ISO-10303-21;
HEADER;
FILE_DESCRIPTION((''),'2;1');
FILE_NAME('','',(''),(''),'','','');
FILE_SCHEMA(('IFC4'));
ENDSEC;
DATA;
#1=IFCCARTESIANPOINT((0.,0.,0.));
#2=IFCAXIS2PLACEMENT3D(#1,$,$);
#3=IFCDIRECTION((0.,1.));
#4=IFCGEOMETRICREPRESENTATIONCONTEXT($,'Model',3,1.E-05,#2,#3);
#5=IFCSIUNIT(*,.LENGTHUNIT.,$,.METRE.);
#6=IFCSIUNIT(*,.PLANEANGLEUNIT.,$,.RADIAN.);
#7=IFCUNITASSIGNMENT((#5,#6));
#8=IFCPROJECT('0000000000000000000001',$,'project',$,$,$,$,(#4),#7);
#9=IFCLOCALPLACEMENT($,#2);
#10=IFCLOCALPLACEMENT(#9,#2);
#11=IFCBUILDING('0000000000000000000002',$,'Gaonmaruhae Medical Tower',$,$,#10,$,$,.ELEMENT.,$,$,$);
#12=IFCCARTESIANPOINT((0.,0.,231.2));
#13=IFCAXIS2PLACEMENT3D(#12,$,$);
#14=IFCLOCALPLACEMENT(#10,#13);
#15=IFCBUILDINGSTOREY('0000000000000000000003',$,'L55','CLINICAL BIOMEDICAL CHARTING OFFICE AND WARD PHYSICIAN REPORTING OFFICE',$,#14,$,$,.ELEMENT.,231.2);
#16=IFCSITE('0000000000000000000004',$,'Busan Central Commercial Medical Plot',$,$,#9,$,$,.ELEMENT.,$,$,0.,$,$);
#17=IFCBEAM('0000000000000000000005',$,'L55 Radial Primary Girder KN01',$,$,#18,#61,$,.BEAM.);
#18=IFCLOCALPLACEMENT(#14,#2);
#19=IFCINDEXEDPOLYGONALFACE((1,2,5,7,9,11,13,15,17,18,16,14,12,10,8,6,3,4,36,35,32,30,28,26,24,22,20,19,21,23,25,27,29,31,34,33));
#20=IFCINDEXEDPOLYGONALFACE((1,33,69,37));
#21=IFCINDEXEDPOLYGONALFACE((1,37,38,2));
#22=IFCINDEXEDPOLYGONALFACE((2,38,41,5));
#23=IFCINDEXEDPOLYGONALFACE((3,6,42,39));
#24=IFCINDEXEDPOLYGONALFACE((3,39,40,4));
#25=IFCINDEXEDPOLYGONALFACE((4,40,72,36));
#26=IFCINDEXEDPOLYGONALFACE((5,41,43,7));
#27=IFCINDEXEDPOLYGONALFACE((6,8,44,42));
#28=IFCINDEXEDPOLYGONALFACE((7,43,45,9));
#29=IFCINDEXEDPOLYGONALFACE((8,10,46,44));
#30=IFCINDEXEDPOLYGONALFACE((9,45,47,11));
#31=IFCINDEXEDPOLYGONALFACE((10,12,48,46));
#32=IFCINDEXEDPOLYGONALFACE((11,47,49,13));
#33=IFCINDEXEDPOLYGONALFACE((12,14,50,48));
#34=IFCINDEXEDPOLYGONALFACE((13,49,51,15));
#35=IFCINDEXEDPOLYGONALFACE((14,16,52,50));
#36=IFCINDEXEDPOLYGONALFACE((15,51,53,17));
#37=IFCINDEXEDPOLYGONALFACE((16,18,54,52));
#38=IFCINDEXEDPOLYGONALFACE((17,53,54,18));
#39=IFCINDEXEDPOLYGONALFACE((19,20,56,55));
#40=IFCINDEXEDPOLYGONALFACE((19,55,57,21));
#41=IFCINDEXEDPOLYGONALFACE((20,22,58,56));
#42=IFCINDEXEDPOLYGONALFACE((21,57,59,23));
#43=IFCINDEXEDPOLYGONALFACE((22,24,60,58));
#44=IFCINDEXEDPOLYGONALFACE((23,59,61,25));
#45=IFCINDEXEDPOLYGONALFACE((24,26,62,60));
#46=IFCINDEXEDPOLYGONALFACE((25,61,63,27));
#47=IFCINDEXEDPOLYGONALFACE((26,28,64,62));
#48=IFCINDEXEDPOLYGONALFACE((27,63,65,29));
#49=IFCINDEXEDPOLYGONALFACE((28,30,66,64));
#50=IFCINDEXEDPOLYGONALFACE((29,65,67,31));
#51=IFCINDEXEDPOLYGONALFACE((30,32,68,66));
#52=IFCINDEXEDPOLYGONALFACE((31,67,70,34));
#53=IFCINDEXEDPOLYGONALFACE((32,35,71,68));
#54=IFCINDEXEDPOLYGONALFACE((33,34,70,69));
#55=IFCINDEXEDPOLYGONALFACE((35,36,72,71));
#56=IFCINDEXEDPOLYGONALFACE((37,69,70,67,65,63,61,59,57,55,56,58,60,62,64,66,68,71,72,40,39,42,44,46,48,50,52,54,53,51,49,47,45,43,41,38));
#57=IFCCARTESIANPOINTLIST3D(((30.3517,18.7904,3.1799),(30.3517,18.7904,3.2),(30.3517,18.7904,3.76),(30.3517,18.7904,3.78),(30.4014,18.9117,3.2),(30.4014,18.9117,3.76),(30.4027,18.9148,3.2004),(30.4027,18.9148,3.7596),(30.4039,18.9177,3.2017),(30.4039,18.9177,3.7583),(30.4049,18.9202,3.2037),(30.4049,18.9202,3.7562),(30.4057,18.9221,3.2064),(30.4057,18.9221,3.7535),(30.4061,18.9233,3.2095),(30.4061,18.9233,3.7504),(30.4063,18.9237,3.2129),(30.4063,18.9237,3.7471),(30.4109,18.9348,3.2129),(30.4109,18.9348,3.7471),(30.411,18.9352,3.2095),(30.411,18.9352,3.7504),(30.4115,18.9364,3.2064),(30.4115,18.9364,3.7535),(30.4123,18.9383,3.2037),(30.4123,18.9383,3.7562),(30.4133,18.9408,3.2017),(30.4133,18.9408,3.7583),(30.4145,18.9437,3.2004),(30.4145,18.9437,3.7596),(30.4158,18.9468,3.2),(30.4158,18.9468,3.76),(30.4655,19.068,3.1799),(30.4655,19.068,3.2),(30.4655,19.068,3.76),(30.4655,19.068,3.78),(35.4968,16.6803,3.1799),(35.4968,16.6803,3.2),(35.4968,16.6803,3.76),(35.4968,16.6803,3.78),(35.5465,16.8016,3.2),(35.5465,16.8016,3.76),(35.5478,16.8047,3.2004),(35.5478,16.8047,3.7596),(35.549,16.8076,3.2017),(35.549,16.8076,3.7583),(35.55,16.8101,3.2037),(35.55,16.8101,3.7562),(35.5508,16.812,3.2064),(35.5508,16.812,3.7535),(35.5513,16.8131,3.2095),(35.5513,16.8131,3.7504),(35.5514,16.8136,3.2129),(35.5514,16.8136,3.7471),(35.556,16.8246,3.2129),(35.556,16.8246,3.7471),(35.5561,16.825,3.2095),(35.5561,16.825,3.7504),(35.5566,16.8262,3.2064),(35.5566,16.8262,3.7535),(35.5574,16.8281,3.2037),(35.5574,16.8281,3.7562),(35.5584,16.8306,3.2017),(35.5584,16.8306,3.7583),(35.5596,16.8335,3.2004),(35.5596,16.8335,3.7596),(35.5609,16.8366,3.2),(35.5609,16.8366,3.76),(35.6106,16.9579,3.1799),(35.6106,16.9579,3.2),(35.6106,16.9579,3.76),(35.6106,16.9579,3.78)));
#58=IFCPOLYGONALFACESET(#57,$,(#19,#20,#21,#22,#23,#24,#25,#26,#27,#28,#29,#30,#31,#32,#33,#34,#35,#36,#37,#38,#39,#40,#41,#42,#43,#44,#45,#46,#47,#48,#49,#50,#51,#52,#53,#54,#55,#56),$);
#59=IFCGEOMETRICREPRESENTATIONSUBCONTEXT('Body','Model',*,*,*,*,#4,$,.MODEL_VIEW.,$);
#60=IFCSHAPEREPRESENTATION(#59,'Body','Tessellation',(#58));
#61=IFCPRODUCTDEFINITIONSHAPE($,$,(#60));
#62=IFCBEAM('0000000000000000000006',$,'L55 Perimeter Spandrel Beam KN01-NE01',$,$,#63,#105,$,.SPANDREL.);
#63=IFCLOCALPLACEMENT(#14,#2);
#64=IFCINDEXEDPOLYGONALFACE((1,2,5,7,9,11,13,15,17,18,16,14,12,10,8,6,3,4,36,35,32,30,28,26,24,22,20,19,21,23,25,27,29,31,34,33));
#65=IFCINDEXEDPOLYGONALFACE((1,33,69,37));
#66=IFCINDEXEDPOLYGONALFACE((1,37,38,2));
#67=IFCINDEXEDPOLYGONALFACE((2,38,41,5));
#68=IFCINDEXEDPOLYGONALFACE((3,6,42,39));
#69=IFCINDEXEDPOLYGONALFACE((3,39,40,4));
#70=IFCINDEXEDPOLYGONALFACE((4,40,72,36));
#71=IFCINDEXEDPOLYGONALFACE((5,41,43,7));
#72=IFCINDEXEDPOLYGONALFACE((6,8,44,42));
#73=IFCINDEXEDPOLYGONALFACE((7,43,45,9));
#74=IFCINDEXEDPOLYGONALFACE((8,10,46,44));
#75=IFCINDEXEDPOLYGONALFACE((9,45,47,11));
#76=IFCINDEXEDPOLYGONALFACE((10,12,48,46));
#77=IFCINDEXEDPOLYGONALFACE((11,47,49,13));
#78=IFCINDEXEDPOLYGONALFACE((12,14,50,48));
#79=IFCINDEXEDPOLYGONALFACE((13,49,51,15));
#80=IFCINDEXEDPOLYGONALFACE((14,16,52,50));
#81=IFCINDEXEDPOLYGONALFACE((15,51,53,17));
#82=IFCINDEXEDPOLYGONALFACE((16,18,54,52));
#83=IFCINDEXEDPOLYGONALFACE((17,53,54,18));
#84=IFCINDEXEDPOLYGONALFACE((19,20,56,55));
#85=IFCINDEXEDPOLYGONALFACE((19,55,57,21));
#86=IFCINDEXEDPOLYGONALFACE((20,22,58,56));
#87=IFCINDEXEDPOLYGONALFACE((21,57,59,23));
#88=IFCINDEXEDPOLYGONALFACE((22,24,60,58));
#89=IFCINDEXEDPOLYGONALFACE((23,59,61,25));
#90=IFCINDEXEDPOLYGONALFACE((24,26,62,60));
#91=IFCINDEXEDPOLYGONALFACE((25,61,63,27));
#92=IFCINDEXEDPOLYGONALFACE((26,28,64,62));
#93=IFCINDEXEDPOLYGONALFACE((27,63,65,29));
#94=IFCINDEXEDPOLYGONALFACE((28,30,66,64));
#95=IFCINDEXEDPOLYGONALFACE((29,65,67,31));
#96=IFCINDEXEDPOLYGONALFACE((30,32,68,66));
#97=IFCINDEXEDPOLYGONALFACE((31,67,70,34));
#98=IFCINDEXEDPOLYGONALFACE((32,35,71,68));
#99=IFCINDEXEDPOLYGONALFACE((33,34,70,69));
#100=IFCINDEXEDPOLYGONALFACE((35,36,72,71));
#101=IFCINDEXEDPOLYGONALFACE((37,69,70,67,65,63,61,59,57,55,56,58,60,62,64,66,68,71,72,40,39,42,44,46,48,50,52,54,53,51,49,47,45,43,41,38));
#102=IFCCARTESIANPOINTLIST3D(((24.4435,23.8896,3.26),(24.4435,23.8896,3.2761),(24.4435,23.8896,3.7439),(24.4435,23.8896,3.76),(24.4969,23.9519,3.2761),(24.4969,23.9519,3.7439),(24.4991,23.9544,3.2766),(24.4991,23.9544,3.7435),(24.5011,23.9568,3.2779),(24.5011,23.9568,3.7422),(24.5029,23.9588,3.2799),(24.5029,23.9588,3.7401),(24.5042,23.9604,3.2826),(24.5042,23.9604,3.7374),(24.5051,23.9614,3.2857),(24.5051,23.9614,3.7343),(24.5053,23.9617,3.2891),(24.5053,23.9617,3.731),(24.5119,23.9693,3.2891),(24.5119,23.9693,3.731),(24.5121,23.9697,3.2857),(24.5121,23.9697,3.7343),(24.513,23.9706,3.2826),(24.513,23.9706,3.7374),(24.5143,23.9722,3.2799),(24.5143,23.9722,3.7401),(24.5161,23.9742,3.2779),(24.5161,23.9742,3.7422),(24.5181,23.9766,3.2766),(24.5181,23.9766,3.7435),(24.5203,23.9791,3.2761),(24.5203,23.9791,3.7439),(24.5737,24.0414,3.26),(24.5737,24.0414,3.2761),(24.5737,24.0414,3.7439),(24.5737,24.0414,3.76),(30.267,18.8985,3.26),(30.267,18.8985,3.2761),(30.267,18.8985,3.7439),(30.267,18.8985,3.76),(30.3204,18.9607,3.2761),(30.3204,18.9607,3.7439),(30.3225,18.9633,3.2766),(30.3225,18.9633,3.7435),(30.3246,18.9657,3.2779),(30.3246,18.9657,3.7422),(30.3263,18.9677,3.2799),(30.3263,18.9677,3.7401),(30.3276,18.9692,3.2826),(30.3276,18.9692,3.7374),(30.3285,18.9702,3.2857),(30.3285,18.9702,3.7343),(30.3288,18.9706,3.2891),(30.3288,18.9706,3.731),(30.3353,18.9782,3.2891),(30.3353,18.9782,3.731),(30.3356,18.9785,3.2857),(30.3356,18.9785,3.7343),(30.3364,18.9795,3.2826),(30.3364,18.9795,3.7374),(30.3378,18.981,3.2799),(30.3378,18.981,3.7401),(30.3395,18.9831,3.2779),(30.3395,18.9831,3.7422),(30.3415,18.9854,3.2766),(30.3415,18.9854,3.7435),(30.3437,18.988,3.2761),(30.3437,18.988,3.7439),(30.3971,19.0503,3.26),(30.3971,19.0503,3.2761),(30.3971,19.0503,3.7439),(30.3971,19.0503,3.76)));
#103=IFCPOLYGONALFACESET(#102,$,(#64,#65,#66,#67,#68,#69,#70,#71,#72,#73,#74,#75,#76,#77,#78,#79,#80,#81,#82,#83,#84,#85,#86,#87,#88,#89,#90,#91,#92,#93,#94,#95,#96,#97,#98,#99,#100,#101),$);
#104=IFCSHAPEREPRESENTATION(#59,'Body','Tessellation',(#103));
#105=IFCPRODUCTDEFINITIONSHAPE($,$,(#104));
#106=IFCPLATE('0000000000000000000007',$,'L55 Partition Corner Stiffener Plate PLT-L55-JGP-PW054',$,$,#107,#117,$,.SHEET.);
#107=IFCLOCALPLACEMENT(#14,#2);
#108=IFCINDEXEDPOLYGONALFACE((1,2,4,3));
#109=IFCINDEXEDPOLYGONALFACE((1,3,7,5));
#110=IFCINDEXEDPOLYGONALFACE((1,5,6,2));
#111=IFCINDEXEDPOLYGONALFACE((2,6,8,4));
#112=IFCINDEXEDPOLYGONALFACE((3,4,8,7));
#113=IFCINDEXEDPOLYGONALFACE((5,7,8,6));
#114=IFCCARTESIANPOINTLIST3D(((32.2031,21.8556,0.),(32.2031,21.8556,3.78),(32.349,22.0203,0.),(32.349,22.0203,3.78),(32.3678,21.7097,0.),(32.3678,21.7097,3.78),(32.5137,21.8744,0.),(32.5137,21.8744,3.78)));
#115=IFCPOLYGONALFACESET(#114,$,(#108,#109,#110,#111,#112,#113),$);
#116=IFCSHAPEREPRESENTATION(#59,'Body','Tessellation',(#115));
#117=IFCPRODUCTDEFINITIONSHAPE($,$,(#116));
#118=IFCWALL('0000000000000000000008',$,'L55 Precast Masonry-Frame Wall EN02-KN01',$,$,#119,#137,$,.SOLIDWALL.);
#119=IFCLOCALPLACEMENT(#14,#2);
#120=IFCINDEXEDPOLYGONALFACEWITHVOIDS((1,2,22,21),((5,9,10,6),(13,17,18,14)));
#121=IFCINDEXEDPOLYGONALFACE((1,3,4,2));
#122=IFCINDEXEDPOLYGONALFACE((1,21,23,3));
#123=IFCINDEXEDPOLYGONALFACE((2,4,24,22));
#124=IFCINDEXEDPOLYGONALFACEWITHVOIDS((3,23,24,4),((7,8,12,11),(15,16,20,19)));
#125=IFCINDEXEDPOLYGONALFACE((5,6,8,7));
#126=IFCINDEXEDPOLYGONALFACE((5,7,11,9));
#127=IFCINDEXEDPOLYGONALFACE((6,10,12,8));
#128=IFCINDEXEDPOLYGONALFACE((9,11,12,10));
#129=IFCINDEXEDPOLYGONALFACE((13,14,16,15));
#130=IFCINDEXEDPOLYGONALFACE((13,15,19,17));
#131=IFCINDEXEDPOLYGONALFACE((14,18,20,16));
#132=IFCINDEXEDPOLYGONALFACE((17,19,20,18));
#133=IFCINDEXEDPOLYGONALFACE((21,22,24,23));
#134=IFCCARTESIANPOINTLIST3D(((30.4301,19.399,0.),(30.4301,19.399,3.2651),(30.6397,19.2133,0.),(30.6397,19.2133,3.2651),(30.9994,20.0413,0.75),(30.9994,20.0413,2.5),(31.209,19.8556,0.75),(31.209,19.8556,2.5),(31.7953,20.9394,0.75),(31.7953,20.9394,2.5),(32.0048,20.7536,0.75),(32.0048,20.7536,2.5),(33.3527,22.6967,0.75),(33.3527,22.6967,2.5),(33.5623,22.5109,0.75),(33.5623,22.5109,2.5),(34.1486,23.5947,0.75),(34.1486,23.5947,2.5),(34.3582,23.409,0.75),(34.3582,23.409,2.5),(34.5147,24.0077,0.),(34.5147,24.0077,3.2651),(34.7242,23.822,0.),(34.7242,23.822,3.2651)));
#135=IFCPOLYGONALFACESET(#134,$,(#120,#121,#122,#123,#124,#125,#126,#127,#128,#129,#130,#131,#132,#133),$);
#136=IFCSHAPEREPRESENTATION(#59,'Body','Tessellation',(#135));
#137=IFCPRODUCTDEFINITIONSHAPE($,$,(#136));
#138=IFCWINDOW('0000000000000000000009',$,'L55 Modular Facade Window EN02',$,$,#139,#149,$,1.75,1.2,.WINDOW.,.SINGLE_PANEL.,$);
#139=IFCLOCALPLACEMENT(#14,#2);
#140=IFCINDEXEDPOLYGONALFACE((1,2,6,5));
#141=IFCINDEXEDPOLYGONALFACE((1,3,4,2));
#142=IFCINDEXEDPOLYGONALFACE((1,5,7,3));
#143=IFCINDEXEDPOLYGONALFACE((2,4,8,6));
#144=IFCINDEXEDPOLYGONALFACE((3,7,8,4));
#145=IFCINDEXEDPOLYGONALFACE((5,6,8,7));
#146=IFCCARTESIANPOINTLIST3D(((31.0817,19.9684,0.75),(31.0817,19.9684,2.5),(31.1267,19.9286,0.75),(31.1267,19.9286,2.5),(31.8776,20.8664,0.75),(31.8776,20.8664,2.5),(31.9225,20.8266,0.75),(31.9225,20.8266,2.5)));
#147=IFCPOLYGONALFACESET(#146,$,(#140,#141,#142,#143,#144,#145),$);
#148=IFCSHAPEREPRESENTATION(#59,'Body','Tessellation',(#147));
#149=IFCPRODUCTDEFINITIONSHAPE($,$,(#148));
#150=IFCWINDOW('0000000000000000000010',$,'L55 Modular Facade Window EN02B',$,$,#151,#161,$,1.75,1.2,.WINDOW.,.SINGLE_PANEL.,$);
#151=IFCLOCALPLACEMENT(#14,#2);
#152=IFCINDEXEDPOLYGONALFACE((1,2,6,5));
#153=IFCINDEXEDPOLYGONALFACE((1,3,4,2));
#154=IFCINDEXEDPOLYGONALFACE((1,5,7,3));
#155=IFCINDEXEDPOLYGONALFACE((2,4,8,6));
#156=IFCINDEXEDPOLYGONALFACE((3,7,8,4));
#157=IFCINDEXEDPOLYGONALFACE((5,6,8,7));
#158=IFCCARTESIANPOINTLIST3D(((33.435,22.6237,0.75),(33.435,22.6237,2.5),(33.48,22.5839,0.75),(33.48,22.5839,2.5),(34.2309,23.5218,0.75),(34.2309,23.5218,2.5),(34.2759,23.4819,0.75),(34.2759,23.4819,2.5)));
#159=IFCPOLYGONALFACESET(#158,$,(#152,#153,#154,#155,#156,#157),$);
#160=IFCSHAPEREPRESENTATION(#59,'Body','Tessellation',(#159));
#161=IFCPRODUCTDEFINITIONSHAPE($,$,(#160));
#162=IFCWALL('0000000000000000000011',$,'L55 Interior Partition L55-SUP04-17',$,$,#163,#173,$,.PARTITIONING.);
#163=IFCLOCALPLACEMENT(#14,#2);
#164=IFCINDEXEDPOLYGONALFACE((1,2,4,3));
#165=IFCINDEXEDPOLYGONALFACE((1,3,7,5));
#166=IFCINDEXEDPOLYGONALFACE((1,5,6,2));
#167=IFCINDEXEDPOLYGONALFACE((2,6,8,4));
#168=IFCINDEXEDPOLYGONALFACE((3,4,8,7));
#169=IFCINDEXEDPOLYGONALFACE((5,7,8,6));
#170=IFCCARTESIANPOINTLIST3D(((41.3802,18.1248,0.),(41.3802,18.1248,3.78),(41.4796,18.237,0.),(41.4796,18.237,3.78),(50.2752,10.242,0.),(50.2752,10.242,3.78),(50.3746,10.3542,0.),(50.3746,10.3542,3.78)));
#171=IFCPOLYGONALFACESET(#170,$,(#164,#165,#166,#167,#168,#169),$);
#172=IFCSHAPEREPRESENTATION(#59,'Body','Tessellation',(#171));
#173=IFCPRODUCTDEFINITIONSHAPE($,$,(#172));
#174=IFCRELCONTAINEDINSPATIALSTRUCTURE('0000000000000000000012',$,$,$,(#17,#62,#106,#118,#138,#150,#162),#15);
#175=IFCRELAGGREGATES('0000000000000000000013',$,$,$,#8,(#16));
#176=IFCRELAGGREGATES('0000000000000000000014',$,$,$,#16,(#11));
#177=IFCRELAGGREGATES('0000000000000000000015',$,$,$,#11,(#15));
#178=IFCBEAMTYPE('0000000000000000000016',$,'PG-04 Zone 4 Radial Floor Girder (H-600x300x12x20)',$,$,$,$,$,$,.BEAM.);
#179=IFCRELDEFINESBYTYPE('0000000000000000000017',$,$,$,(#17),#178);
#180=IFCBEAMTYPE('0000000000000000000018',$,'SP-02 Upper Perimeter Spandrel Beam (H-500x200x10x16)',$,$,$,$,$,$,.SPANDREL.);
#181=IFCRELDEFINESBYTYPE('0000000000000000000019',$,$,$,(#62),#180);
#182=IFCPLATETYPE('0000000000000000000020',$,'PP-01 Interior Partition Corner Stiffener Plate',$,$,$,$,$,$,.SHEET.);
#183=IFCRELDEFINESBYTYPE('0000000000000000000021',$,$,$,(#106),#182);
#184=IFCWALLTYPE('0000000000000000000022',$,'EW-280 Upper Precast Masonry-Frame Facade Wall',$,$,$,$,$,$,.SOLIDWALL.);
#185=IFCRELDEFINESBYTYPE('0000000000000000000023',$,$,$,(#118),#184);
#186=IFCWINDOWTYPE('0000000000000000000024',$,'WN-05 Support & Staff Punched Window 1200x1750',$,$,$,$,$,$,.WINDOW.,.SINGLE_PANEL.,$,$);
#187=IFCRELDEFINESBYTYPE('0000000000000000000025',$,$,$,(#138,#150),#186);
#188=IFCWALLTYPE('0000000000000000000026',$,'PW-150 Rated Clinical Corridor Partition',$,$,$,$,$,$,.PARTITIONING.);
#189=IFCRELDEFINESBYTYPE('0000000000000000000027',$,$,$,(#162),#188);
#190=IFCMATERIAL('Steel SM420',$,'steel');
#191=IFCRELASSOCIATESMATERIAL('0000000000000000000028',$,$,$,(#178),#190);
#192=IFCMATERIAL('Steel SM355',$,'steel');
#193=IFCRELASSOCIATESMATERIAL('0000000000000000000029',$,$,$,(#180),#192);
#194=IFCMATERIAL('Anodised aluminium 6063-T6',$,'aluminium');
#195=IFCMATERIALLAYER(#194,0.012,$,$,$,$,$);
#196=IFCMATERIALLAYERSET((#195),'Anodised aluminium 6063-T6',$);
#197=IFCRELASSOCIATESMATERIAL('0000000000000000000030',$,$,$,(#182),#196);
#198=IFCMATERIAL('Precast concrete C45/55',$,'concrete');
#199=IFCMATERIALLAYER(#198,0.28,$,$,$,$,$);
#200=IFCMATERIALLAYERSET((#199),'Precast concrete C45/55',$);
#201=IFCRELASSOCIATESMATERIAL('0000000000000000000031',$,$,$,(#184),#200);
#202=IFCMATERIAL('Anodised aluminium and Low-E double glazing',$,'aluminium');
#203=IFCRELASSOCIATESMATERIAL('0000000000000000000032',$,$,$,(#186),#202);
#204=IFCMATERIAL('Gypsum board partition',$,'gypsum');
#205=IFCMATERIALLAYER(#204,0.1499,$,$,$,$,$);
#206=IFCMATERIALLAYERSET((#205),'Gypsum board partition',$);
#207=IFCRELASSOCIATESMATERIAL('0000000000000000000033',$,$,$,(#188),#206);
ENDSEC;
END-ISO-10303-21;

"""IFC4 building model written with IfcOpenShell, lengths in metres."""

from ifc_helpers import new_model, si_unit, direction, frame, frame_2d, origin, origin_2d, place, context, subcontext, project, spatial, rectangle, i_section, extrude, material, layer, layer_set, material_profile, profile_set, type_object, element, fill, save


model = new_model("IFC4")

# Units and contexts
model_context = context("Model", 3, precision=1e-05, world=origin(), true_north=direction((0.0, 1.0)))
body_context = subcontext(model_context, "Body", "Model", "MODEL_VIEW")
ifc_project = project(units=[si_unit("LENGTHUNIT", "METRE"), si_unit("PLANEANGLEUNIT", "RADIAN")], contexts=[model_context])

# Site, building, storey
site_placement = place(None, origin())
site = spatial("IfcSite", under=ifc_project, at=site_placement, Name="Busan Central Commercial Medical Plot", CompositionType="ELEMENT", RefElevation=0.0)
building_placement = place(site_placement, origin())
building = spatial("IfcBuilding", under=site, at=building_placement, Name="Gaonmaruhae Medical Tower", CompositionType="ELEMENT")
storey_placement = place(building_placement, frame((0.0, 0.0, 231.2)))
storey = spatial("IfcBuildingStorey", under=building, at=storey_placement, Name="L55", Description="CLINICAL BIOMEDICAL CHARTING OFFICE AND WARD PHYSICIAN REPORTING OFFICE", CompositionType="ELEMENT", Elevation=231.2)

# Beams
ifc_material_1 = material(Name="Steel SM355", Category="steel")
ifc_material_2 = material(Name="Steel SM420", Category="steel")
ifc_material_profile_1 = material_profile(ifc_material_2, i_section(OverallWidth=0.3, OverallDepth=0.6001, WebThickness=0.012, FlangeThickness=0.02, FilletRadius=0.0129, at=origin_2d()), Name="H-600x300x12x20")
ifc_profile_set_1 = profile_set([ifc_material_profile_1], Name="Steel SM420")
beam_type_1 = type_object("IfcBeamType", Name="PG-04 Zone 4 Radial Floor Girder (H-600x300x12x20)", PredefinedType="BEAM", material=ifc_profile_set_1)
beam_1_placement = place(storey_placement, frame((35.5537, 16.8191, 3.48), z_axis=(-0.925211, 0.379453, 0.0), x_axis=(-0.379453, -0.925211, 0.0)))
element("IfcBeam", 1, at=beam_1_placement, inside=storey, type_object=beam_type_1, Name="L55 Radial Primary Girder KN01", PredefinedType="BEAM", context=body_context, shape_type="SweptSolid", body=[
    extrude(i_section(OverallWidth=0.3, OverallDepth=0.6001, WebThickness=0.012, FlangeThickness=0.02, FilletRadius=0.0129, at=origin_2d()), origin(), (0.0, 0.0, 1.0), 5.561),
])
ifc_material_profile_2 = material_profile(ifc_material_1, i_section(OverallWidth=0.2, OverallDepth=0.5, WebThickness=0.01, FlangeThickness=0.0161, FilletRadius=0.0129, at=origin_2d()), Name="H-500x200x10x16")
ifc_profile_set_2 = profile_set([ifc_material_profile_2], Name="Steel SM355")
beam_type_2 = type_object("IfcBeamType", Name="SP-02 Upper Perimeter Spandrel Beam (H-500x200x10x16)", PredefinedType="SPANDREL", material=ifc_profile_set_2)
beam_2_placement = place(storey_placement, frame((30.332, 18.9744, 3.51), z_axis=(-0.759279, 0.650765, 0.0), x_axis=(-0.650765, -0.759279, 0.0)))
element("IfcBeam", 2, at=beam_2_placement, inside=storey, type_object=beam_type_2, Name="L55 Perimeter Spandrel Beam KN01-NE01", PredefinedType="SPANDREL", context=body_context, shape_type="SweptSolid", body=[
    extrude(i_section(OverallWidth=0.2, OverallDepth=0.5, WebThickness=0.01, FlangeThickness=0.0161, FilletRadius=0.0129, at=origin_2d()), origin(), (0.0, 0.0, 1.0), 7.6697),
])

# Plate
ifc_material_3 = material(Name="Anodised aluminium 6063-T6", Category="aluminium")
ifc_layer_1 = layer(ifc_material_3, 0.012)
ifc_layer_set_1 = layer_set([ifc_layer_1], Name="Anodised aluminium 6063-T6")
plate_type = type_object("IfcPlateType", Name="PP-01 Interior Partition Corner Stiffener Plate", PredefinedType="SHEET", material=ifc_layer_set_1)
plate_placement = place(storey_placement, frame((32.3584, 21.865, 0.0), z_axis=(0.0, 0.0, 1.0), x_axis=(-0.748423, 0.663221, 0.0)))
element("IfcPlate", 3, at=plate_placement, inside=storey, type_object=plate_type, Name="L55 Partition Corner Stiffener Plate PLT-L55-JGP-PW054", PredefinedType="SHEET", context=body_context, shape_type="SweptSolid", body=[
    extrude(rectangle(XDim=0.22, YDim=0.22, at=origin_2d()), origin(), (0.0, 0.0, 1.0), 3.78),
])

# Wall, openings, windows
ifc_material_4 = material(Name="Precast concrete C45/55", Category="concrete")
ifc_layer_2 = layer(ifc_material_4, 0.28)
ifc_layer_set_2 = layer_set([ifc_layer_2], Name="Precast concrete C45/55")
wall_type_1 = type_object("IfcWallType", Name="EW-280 Upper Precast Masonry-Frame Facade Wall", PredefinedType="SOLIDWALL", material=ifc_layer_set_2)
wall_1_placement = place(storey_placement, frame((30.5349, 19.3062, 0.0), z_axis=(0.0, 0.0, 1.0), x_axis=(0.663266, 0.748384, 0.0)))
wall_1 = element("IfcWall", 4, at=wall_1_placement, inside=storey, type_object=wall_type_1, Name="L55 Precast Masonry-Frame Wall EN02-KN01", PredefinedType="SOLIDWALL", context=body_context, shape_type="SweptSolid", body=[
    extrude(rectangle(XDim=6.1582, YDim=0.28, at=frame_2d((3.0791, 0.0))), origin(), (0.0, 0.0, 1.0), 3.2651),
])
opening_1_placement = place(wall_1_placement, frame((0.8582, 0.0, 0.75)))
opening_1 = element("IfcOpeningElement", 5, at=opening_1_placement, cuts=wall_1, PredefinedType="OPENING", context=body_context, shape_type="SweptSolid", body=[
    extrude(rectangle(XDim=1.2, YDim=1.75, at=frame_2d((0.6001, 0.875))), frame((0.0, 0.1499, 0.0), z_axis=(0.0, -1.0, 0.0), x_axis=(1.0, 0.0, 0.0)), (0.0, 0.0, 1.0), 0.3),
])
opening_2_placement = place(wall_1_placement, frame((4.4062, 0.0, 0.75)))
opening_2 = element("IfcOpeningElement", 6, at=opening_2_placement, cuts=wall_1, PredefinedType="OPENING", context=body_context, shape_type="SweptSolid", body=[
    extrude(rectangle(XDim=1.2, YDim=1.75, at=frame_2d((0.6001, 0.875))), frame((0.0, 0.1499, 0.0), z_axis=(0.0, -1.0, 0.0), x_axis=(1.0, 0.0, 0.0)), (0.0, 0.0, 1.0), 0.3),
])
ifc_material_5 = material(Name="Anodised aluminium and Low-E double glazing", Category="aluminium")
window_type = type_object("IfcWindowType", Name="WN-05 Support & Staff Punched Window 1200x1750", PartitioningType="SINGLE_PANEL", PredefinedType="WINDOW", material=ifc_material_5)
window_1_placement = place(opening_1_placement, origin())
window_1 = element("IfcWindow", 7, at=window_1_placement, inside=storey, type_object=window_type, Name="L55 Modular Facade Window EN02", OverallHeight=1.75, OverallWidth=1.2, PartitioningType="SINGLE_PANEL", PredefinedType="WINDOW", context=body_context, shape_type="SweptSolid", body=[
    extrude(rectangle(XDim=1.2, YDim=1.75, at=frame_2d((0.6001, 0.875))), frame((0.0, 0.03, 0.0), z_axis=(0.0, -1.0, 0.0), x_axis=(1.0, 0.0, 0.0)), (0.0, 0.0, 1.0), 0.0601),
])
fill(opening_1, window_1)
window_2_placement = place(opening_2_placement, origin())
window_2 = element("IfcWindow", 8, at=window_2_placement, inside=storey, type_object=window_type, Name="L55 Modular Facade Window EN02B", OverallHeight=1.75, OverallWidth=1.2, PartitioningType="SINGLE_PANEL", PredefinedType="WINDOW", context=body_context, shape_type="SweptSolid", body=[
    extrude(rectangle(XDim=1.2, YDim=1.75, at=frame_2d((0.6001, 0.875))), frame((0.0, 0.03, 0.0), z_axis=(0.0, -1.0, 0.0), x_axis=(1.0, 0.0, 0.0)), (0.0, 0.0, 1.0), 0.0601),
])
fill(opening_2, window_2)

# Wall
ifc_material_6 = material(Name="Gypsum board partition", Category="gypsum")
ifc_layer_3 = layer(ifc_material_6, 0.1499)
ifc_layer_set_3 = layer_set([ifc_layer_3], Name="Gypsum board partition")
wall_type_2 = type_object("IfcWallType", Name="PW-150 Rated Clinical Corridor Partition", PredefinedType="PARTITIONING", material=ifc_layer_set_3)
wall_2_placement = place(storey_placement, frame((41.4299, 18.1809, 0.0), z_axis=(0.0, 0.0, 1.0), x_axis=(0.748406, -0.663241, 0.0)))
element("IfcWall", 9, at=wall_2_placement, inside=storey, type_object=wall_type_2, Name="L55 Interior Partition L55-SUP04-17", PredefinedType="PARTITIONING", context=body_context, shape_type="SweptSolid", body=[
    extrude(rectangle(XDim=11.8853, YDim=0.1499, at=frame_2d((5.9426, 0.0))), origin(), (0.0, 0.0, 1.0), 3.78),
])

save(model, "model.ifc")
